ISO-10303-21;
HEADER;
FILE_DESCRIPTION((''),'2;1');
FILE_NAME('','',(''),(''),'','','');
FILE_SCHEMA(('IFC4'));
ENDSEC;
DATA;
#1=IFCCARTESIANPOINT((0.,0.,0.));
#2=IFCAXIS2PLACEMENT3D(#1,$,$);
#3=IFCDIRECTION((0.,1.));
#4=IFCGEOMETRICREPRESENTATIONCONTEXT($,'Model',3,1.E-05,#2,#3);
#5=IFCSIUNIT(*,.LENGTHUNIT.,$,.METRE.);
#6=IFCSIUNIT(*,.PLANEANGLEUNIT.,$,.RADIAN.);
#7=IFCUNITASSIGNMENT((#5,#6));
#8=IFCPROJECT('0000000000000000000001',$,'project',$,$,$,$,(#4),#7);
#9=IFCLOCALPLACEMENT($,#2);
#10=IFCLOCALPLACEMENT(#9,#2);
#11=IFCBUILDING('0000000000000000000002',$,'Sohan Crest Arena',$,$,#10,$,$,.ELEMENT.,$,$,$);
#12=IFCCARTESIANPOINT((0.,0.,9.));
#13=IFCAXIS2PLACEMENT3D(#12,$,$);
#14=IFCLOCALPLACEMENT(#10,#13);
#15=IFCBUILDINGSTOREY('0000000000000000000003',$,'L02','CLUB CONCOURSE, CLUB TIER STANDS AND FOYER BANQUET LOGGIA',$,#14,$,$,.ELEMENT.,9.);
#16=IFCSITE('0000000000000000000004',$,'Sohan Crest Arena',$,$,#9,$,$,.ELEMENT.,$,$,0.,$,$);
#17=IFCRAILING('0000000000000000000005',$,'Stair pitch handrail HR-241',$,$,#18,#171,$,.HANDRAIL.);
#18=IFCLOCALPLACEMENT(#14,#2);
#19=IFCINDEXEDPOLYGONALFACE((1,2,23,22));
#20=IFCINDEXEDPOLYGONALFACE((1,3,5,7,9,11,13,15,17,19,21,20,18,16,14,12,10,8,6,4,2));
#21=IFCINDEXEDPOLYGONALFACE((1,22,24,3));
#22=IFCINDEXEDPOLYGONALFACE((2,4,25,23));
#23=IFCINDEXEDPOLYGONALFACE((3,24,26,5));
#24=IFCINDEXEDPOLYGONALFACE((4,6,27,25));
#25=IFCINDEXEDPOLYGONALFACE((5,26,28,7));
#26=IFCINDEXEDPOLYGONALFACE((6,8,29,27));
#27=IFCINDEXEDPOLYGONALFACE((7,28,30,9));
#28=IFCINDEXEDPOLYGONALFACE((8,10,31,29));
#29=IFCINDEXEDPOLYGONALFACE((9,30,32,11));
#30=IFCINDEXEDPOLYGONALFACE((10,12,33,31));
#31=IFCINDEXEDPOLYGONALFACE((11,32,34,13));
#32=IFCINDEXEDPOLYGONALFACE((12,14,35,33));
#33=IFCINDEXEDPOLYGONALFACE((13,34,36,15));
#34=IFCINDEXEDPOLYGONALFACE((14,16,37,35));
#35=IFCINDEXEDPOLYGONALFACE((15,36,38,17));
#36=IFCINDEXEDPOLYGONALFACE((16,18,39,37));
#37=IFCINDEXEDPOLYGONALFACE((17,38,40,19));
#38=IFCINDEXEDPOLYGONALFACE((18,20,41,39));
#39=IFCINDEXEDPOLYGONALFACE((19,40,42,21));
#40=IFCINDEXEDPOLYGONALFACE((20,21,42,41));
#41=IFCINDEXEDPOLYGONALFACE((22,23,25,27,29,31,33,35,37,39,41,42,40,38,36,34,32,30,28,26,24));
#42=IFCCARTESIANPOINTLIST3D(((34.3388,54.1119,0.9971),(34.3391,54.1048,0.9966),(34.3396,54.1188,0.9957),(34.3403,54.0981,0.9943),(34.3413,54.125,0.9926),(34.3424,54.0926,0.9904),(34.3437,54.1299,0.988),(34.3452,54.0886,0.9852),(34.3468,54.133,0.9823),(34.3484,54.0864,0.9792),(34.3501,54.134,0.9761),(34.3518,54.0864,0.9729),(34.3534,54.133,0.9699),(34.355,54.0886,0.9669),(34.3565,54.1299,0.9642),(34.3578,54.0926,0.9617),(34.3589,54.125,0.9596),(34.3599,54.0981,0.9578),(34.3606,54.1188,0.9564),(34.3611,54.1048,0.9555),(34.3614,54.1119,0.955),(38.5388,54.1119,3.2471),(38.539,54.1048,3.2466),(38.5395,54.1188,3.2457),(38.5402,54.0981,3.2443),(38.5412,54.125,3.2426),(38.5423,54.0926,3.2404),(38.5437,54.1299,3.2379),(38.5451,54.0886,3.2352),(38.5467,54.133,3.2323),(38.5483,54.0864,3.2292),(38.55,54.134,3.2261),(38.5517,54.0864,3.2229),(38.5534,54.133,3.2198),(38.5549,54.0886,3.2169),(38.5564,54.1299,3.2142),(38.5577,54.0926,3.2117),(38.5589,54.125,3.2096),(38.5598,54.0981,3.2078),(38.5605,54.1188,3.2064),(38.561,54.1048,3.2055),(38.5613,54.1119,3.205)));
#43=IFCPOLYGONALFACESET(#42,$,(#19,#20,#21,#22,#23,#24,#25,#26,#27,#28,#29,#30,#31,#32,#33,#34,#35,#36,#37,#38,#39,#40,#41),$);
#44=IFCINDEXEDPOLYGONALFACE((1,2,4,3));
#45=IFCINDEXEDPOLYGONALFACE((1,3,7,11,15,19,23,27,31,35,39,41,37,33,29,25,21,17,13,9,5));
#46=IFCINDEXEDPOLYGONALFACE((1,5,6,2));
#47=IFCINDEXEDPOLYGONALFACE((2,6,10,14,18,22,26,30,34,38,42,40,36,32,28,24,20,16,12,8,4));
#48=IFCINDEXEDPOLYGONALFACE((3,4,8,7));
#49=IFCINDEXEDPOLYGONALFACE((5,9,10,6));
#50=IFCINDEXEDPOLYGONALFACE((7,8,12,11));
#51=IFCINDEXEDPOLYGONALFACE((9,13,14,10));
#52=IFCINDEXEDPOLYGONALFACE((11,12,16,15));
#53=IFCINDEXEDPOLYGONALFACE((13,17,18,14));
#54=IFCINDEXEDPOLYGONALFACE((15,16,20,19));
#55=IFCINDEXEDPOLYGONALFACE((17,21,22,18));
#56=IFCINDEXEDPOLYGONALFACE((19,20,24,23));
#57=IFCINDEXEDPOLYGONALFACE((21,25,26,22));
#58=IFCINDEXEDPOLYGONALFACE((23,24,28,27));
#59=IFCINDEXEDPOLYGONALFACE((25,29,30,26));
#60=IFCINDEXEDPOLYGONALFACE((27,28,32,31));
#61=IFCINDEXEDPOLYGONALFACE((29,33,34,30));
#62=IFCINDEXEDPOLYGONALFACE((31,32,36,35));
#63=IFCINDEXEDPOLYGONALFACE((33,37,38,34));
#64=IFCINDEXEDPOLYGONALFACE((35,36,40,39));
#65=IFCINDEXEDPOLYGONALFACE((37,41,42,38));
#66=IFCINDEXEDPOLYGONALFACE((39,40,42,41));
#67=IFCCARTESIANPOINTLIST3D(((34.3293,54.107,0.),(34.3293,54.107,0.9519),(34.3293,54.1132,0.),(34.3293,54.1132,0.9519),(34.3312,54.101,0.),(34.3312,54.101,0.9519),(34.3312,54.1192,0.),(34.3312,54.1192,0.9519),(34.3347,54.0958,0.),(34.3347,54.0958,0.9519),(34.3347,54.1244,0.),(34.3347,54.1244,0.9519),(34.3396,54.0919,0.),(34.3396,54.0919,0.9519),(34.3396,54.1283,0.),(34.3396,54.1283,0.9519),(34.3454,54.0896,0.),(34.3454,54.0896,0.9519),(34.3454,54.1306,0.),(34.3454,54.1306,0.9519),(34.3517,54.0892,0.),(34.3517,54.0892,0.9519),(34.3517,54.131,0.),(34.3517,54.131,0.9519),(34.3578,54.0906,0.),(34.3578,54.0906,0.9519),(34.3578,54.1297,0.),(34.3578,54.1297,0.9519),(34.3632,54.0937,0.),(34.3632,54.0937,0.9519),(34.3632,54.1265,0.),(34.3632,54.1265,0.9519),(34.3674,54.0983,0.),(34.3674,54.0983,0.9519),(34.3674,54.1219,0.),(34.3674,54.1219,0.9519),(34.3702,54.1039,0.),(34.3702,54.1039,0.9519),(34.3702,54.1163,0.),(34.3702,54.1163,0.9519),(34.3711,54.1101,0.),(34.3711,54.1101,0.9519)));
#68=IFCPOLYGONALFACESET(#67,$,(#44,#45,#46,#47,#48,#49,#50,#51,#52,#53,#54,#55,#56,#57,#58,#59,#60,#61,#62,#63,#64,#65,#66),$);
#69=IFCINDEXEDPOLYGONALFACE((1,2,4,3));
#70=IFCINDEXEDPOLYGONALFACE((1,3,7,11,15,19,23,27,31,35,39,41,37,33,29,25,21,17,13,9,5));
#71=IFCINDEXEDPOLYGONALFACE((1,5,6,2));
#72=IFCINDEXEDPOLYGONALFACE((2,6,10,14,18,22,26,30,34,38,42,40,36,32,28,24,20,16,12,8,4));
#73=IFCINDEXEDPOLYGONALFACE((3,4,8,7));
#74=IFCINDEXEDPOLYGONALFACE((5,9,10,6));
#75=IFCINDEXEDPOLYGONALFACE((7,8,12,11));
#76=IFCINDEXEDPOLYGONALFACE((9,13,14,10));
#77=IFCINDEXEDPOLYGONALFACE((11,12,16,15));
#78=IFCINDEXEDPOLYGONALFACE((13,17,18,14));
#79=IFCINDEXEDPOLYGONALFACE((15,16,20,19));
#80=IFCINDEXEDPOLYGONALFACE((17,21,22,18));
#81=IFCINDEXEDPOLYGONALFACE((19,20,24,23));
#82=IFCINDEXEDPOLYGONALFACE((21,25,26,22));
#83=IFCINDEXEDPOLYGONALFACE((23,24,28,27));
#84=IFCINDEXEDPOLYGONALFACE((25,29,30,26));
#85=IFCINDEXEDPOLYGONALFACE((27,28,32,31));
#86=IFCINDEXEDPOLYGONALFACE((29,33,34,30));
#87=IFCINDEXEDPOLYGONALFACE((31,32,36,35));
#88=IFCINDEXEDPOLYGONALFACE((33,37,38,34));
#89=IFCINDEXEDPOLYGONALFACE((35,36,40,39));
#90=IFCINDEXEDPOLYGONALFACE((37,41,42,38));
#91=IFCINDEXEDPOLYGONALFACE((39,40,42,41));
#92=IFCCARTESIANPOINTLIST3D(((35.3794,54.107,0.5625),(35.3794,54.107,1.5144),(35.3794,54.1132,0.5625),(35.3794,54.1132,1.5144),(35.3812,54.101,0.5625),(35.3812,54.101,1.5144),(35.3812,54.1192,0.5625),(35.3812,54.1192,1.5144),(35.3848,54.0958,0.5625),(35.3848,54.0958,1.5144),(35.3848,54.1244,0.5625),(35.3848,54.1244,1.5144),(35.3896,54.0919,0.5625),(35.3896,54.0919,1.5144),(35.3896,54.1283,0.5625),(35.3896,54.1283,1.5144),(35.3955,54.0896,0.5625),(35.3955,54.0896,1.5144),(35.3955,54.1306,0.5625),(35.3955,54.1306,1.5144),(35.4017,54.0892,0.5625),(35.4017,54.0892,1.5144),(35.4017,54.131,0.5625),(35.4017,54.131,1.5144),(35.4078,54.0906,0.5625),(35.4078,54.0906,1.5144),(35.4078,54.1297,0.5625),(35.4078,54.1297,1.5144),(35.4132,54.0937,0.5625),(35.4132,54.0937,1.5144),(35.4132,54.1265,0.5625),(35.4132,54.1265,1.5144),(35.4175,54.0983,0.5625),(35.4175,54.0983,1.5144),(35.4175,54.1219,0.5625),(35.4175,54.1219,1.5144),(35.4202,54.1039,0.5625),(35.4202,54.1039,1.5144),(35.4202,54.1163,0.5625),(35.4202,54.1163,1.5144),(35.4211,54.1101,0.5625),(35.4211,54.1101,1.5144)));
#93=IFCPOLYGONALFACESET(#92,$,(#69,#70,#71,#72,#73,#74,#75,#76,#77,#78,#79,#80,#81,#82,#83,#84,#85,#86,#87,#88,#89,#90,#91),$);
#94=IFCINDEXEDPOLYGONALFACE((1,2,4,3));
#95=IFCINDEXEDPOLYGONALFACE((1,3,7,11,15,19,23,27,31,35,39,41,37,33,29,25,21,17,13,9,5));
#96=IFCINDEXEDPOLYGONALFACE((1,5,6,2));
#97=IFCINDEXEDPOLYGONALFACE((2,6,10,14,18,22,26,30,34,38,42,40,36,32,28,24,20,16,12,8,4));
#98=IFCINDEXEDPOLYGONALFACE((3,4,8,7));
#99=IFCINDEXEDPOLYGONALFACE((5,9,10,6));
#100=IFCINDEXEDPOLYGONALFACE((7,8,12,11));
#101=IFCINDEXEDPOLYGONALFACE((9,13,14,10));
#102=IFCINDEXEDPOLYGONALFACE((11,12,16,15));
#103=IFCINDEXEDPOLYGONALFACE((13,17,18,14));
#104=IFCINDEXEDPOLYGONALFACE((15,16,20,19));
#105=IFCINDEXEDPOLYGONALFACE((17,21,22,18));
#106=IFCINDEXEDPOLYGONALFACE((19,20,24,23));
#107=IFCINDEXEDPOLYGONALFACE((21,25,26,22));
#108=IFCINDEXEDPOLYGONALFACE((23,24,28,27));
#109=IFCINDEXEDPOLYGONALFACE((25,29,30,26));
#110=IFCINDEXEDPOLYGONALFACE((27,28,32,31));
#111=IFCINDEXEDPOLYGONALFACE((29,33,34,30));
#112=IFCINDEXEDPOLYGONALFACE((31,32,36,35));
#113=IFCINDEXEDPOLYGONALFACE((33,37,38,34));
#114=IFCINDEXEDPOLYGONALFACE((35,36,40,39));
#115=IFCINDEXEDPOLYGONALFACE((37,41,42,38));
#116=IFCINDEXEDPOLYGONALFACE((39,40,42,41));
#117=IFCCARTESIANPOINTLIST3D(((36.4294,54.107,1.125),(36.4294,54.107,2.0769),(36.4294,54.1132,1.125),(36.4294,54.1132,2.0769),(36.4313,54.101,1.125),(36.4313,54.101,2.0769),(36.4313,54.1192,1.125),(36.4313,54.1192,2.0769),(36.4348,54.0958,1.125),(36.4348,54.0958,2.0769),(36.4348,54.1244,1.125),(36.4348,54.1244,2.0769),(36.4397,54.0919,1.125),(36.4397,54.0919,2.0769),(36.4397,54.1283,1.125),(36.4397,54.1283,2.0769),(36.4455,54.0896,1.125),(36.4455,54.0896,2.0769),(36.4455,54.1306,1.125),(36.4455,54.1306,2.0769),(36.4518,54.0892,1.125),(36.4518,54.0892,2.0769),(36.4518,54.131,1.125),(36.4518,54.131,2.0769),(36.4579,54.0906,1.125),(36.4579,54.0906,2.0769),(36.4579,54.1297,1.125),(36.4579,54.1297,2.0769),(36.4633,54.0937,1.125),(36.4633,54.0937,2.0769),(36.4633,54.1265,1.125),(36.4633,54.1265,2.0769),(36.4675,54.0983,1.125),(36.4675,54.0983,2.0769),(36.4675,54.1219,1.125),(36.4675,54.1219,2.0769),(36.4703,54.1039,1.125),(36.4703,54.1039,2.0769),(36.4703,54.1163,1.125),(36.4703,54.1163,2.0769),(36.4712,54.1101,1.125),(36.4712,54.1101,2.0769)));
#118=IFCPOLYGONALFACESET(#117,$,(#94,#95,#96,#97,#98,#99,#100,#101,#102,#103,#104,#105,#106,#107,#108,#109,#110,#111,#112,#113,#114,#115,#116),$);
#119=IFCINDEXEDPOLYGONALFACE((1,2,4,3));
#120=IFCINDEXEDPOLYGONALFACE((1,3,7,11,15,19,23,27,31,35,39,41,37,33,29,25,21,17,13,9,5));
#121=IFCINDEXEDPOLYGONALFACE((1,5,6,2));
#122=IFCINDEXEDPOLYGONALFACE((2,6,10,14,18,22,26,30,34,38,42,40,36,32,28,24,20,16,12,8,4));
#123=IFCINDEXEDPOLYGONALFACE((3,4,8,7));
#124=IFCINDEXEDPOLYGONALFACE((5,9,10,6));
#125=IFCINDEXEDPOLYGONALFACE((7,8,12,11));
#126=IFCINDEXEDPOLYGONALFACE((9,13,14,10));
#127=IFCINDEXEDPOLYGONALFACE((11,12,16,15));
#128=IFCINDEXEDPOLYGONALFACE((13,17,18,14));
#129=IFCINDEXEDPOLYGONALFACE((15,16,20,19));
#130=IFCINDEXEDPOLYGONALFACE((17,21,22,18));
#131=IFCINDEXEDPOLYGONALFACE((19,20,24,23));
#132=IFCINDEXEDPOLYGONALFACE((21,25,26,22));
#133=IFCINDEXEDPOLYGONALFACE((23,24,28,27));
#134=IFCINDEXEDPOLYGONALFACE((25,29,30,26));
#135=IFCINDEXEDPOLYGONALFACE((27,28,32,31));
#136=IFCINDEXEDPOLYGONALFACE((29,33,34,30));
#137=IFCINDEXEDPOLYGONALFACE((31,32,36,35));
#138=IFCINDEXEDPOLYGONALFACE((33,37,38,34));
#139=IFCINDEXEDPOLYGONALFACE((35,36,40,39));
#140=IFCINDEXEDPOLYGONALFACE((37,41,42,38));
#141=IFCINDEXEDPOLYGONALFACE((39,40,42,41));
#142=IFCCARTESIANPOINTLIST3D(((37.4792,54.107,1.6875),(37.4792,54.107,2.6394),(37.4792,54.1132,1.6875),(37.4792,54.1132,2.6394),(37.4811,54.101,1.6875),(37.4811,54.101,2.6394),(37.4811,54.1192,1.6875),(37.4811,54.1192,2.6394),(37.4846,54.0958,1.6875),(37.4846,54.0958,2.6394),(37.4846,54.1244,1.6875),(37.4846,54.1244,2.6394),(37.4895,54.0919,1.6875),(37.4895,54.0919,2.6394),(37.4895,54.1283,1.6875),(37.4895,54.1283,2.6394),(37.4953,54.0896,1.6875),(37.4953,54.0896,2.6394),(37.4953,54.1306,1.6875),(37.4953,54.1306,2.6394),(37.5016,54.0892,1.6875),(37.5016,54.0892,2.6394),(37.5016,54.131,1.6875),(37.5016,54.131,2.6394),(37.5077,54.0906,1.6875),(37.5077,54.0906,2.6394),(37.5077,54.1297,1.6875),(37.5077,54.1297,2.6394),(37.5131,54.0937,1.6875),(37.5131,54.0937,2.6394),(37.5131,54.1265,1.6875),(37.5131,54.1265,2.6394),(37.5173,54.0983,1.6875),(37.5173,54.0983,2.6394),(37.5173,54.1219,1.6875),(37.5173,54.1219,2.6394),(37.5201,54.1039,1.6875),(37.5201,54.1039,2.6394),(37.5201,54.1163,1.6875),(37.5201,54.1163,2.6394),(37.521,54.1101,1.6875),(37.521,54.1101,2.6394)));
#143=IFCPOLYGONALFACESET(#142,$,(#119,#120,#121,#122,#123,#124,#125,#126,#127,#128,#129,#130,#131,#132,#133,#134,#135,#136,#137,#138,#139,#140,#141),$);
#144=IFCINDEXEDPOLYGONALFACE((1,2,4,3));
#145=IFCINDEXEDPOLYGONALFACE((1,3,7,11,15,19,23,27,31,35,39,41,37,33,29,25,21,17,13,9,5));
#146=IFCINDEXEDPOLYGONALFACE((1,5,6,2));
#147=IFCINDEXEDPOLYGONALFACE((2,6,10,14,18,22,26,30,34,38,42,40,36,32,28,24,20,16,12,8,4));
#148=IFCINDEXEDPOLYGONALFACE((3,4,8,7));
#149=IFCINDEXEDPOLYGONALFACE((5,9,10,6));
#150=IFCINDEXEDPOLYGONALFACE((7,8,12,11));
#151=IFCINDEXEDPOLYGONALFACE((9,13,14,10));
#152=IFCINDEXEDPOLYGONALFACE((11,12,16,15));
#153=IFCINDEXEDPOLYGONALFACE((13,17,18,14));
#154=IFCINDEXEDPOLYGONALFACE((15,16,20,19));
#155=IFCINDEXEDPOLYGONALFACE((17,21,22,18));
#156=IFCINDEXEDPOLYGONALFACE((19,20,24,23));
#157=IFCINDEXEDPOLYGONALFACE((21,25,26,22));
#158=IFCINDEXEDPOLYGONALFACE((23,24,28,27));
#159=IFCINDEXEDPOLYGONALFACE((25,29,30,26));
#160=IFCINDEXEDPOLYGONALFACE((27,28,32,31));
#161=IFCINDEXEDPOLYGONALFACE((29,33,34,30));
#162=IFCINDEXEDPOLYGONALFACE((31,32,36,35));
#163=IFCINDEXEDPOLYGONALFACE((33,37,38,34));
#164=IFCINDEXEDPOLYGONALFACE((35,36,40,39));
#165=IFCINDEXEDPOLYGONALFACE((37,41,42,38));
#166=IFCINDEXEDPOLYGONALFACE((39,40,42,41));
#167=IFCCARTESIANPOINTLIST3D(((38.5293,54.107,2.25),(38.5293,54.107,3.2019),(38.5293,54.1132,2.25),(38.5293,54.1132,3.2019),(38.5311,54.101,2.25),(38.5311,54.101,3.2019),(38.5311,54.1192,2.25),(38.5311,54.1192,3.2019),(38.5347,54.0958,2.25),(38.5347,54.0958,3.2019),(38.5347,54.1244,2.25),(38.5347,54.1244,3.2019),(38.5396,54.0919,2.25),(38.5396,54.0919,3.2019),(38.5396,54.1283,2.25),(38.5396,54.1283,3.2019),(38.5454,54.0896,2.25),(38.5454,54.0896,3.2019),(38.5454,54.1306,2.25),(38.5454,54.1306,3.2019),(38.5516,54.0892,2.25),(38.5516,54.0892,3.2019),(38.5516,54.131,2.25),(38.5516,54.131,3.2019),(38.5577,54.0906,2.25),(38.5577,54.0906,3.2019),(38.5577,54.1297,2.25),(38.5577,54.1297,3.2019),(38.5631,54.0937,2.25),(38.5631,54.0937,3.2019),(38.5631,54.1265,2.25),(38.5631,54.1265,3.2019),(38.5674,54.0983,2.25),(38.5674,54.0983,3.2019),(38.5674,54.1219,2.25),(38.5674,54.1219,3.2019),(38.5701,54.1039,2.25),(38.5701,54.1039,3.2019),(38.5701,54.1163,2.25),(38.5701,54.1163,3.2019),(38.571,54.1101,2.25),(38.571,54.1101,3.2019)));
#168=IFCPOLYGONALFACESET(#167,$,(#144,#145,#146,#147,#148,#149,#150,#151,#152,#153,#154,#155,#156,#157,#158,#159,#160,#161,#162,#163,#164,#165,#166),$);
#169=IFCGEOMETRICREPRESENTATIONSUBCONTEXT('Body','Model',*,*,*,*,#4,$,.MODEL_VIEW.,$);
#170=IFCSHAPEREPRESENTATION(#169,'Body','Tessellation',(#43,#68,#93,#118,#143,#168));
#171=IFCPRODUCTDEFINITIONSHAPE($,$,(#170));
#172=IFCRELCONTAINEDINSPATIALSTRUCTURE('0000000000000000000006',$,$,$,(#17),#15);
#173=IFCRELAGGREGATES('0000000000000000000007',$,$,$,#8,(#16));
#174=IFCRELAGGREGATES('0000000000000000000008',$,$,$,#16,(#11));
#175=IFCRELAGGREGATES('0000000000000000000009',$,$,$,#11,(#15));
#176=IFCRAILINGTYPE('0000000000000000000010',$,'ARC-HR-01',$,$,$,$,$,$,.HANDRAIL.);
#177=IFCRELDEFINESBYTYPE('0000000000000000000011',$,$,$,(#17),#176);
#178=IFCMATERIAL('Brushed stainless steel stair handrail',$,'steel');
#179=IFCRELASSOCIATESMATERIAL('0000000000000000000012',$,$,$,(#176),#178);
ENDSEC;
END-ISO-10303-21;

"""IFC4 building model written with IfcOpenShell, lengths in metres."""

from ifc_helpers import new_model, si_unit, direction, frame, origin, origin_2d, place, context, subcontext, project, spatial, circle, extrude, material, type_object, element, save


model = new_model("IFC4")

# Units and contexts
model_context = context("Model", 3, precision=1e-05, world=origin(), true_north=direction((0.0, 1.0)))
body_context = subcontext(model_context, "Body", "Model", "MODEL_VIEW")
ifc_project = project(units=[si_unit("LENGTHUNIT", "METRE"), si_unit("PLANEANGLEUNIT", "RADIAN")], contexts=[model_context])

# Site, building, storey
site_placement = place(None, origin())
site = spatial("IfcSite", under=ifc_project, at=site_placement, Name="Sohan Crest Arena", CompositionType="ELEMENT", RefElevation=0.0)
building_placement = place(site_placement, origin())
building = spatial("IfcBuilding", under=site, at=building_placement, Name="Sohan Crest Arena", CompositionType="ELEMENT")
storey_placement = place(building_placement, frame((0.0, 0.0, 9.0)))
storey = spatial("IfcBuildingStorey", under=building, at=storey_placement, Name="L02", Description="CLUB CONCOURSE, CLUB TIER STANDS AND FOYER BANQUET LOGGIA", CompositionType="ELEMENT", Elevation=9.0)

# Railing
ifc_material_1 = material(Name="Brushed stainless steel stair handrail", Category="steel")
railing_type = type_object("IfcRailingType", Name="ARC-HR-01", PredefinedType="HANDRAIL", material=ifc_material_1)
for number, where, name in (
    (1, (34.3501, 54.1101, 0.0), "Stair pitch handrail HR-241"),
):
    element("IfcRailing", number, at=place(storey_placement, frame(where)), inside=storey, type_object=railing_type, Name=name, PredefinedType="HANDRAIL", context=body_context, shape_type="SweptSolid", body=[
        extrude(circle(Radius=0.0239, at=origin_2d()), frame((0.0, 0.0, 0.9761), z_axis=(0.881478, 0.0, 0.472226), x_axis=(0.0, 1.0, 0.0)), (0.0, 0.0, 1.0), 4.7646),
        extrude(circle(Radius=0.021, at=origin_2d()), origin(), (0.0, 0.0, 1.0), 0.9519),
        extrude(circle(Radius=0.021, at=origin_2d()), frame((1.05, 0.0, 0.5625)), (0.0, 0.0, 1.0), 0.9519),
        extrude(circle(Radius=0.021, at=origin_2d()), frame((2.1001, 0.0, 1.125)), (0.0, 0.0, 1.0), 0.9519),
        extrude(circle(Radius=0.021, at=origin_2d()), frame((3.1499, 0.0, 1.6875)), (0.0, 0.0, 1.0), 0.9519),
        extrude(circle(Radius=0.021, at=origin_2d()), frame((4.2, 0.0, 2.25)), (0.0, 0.0, 1.0), 0.9519),
    ])

save(model, "model.ifc")
